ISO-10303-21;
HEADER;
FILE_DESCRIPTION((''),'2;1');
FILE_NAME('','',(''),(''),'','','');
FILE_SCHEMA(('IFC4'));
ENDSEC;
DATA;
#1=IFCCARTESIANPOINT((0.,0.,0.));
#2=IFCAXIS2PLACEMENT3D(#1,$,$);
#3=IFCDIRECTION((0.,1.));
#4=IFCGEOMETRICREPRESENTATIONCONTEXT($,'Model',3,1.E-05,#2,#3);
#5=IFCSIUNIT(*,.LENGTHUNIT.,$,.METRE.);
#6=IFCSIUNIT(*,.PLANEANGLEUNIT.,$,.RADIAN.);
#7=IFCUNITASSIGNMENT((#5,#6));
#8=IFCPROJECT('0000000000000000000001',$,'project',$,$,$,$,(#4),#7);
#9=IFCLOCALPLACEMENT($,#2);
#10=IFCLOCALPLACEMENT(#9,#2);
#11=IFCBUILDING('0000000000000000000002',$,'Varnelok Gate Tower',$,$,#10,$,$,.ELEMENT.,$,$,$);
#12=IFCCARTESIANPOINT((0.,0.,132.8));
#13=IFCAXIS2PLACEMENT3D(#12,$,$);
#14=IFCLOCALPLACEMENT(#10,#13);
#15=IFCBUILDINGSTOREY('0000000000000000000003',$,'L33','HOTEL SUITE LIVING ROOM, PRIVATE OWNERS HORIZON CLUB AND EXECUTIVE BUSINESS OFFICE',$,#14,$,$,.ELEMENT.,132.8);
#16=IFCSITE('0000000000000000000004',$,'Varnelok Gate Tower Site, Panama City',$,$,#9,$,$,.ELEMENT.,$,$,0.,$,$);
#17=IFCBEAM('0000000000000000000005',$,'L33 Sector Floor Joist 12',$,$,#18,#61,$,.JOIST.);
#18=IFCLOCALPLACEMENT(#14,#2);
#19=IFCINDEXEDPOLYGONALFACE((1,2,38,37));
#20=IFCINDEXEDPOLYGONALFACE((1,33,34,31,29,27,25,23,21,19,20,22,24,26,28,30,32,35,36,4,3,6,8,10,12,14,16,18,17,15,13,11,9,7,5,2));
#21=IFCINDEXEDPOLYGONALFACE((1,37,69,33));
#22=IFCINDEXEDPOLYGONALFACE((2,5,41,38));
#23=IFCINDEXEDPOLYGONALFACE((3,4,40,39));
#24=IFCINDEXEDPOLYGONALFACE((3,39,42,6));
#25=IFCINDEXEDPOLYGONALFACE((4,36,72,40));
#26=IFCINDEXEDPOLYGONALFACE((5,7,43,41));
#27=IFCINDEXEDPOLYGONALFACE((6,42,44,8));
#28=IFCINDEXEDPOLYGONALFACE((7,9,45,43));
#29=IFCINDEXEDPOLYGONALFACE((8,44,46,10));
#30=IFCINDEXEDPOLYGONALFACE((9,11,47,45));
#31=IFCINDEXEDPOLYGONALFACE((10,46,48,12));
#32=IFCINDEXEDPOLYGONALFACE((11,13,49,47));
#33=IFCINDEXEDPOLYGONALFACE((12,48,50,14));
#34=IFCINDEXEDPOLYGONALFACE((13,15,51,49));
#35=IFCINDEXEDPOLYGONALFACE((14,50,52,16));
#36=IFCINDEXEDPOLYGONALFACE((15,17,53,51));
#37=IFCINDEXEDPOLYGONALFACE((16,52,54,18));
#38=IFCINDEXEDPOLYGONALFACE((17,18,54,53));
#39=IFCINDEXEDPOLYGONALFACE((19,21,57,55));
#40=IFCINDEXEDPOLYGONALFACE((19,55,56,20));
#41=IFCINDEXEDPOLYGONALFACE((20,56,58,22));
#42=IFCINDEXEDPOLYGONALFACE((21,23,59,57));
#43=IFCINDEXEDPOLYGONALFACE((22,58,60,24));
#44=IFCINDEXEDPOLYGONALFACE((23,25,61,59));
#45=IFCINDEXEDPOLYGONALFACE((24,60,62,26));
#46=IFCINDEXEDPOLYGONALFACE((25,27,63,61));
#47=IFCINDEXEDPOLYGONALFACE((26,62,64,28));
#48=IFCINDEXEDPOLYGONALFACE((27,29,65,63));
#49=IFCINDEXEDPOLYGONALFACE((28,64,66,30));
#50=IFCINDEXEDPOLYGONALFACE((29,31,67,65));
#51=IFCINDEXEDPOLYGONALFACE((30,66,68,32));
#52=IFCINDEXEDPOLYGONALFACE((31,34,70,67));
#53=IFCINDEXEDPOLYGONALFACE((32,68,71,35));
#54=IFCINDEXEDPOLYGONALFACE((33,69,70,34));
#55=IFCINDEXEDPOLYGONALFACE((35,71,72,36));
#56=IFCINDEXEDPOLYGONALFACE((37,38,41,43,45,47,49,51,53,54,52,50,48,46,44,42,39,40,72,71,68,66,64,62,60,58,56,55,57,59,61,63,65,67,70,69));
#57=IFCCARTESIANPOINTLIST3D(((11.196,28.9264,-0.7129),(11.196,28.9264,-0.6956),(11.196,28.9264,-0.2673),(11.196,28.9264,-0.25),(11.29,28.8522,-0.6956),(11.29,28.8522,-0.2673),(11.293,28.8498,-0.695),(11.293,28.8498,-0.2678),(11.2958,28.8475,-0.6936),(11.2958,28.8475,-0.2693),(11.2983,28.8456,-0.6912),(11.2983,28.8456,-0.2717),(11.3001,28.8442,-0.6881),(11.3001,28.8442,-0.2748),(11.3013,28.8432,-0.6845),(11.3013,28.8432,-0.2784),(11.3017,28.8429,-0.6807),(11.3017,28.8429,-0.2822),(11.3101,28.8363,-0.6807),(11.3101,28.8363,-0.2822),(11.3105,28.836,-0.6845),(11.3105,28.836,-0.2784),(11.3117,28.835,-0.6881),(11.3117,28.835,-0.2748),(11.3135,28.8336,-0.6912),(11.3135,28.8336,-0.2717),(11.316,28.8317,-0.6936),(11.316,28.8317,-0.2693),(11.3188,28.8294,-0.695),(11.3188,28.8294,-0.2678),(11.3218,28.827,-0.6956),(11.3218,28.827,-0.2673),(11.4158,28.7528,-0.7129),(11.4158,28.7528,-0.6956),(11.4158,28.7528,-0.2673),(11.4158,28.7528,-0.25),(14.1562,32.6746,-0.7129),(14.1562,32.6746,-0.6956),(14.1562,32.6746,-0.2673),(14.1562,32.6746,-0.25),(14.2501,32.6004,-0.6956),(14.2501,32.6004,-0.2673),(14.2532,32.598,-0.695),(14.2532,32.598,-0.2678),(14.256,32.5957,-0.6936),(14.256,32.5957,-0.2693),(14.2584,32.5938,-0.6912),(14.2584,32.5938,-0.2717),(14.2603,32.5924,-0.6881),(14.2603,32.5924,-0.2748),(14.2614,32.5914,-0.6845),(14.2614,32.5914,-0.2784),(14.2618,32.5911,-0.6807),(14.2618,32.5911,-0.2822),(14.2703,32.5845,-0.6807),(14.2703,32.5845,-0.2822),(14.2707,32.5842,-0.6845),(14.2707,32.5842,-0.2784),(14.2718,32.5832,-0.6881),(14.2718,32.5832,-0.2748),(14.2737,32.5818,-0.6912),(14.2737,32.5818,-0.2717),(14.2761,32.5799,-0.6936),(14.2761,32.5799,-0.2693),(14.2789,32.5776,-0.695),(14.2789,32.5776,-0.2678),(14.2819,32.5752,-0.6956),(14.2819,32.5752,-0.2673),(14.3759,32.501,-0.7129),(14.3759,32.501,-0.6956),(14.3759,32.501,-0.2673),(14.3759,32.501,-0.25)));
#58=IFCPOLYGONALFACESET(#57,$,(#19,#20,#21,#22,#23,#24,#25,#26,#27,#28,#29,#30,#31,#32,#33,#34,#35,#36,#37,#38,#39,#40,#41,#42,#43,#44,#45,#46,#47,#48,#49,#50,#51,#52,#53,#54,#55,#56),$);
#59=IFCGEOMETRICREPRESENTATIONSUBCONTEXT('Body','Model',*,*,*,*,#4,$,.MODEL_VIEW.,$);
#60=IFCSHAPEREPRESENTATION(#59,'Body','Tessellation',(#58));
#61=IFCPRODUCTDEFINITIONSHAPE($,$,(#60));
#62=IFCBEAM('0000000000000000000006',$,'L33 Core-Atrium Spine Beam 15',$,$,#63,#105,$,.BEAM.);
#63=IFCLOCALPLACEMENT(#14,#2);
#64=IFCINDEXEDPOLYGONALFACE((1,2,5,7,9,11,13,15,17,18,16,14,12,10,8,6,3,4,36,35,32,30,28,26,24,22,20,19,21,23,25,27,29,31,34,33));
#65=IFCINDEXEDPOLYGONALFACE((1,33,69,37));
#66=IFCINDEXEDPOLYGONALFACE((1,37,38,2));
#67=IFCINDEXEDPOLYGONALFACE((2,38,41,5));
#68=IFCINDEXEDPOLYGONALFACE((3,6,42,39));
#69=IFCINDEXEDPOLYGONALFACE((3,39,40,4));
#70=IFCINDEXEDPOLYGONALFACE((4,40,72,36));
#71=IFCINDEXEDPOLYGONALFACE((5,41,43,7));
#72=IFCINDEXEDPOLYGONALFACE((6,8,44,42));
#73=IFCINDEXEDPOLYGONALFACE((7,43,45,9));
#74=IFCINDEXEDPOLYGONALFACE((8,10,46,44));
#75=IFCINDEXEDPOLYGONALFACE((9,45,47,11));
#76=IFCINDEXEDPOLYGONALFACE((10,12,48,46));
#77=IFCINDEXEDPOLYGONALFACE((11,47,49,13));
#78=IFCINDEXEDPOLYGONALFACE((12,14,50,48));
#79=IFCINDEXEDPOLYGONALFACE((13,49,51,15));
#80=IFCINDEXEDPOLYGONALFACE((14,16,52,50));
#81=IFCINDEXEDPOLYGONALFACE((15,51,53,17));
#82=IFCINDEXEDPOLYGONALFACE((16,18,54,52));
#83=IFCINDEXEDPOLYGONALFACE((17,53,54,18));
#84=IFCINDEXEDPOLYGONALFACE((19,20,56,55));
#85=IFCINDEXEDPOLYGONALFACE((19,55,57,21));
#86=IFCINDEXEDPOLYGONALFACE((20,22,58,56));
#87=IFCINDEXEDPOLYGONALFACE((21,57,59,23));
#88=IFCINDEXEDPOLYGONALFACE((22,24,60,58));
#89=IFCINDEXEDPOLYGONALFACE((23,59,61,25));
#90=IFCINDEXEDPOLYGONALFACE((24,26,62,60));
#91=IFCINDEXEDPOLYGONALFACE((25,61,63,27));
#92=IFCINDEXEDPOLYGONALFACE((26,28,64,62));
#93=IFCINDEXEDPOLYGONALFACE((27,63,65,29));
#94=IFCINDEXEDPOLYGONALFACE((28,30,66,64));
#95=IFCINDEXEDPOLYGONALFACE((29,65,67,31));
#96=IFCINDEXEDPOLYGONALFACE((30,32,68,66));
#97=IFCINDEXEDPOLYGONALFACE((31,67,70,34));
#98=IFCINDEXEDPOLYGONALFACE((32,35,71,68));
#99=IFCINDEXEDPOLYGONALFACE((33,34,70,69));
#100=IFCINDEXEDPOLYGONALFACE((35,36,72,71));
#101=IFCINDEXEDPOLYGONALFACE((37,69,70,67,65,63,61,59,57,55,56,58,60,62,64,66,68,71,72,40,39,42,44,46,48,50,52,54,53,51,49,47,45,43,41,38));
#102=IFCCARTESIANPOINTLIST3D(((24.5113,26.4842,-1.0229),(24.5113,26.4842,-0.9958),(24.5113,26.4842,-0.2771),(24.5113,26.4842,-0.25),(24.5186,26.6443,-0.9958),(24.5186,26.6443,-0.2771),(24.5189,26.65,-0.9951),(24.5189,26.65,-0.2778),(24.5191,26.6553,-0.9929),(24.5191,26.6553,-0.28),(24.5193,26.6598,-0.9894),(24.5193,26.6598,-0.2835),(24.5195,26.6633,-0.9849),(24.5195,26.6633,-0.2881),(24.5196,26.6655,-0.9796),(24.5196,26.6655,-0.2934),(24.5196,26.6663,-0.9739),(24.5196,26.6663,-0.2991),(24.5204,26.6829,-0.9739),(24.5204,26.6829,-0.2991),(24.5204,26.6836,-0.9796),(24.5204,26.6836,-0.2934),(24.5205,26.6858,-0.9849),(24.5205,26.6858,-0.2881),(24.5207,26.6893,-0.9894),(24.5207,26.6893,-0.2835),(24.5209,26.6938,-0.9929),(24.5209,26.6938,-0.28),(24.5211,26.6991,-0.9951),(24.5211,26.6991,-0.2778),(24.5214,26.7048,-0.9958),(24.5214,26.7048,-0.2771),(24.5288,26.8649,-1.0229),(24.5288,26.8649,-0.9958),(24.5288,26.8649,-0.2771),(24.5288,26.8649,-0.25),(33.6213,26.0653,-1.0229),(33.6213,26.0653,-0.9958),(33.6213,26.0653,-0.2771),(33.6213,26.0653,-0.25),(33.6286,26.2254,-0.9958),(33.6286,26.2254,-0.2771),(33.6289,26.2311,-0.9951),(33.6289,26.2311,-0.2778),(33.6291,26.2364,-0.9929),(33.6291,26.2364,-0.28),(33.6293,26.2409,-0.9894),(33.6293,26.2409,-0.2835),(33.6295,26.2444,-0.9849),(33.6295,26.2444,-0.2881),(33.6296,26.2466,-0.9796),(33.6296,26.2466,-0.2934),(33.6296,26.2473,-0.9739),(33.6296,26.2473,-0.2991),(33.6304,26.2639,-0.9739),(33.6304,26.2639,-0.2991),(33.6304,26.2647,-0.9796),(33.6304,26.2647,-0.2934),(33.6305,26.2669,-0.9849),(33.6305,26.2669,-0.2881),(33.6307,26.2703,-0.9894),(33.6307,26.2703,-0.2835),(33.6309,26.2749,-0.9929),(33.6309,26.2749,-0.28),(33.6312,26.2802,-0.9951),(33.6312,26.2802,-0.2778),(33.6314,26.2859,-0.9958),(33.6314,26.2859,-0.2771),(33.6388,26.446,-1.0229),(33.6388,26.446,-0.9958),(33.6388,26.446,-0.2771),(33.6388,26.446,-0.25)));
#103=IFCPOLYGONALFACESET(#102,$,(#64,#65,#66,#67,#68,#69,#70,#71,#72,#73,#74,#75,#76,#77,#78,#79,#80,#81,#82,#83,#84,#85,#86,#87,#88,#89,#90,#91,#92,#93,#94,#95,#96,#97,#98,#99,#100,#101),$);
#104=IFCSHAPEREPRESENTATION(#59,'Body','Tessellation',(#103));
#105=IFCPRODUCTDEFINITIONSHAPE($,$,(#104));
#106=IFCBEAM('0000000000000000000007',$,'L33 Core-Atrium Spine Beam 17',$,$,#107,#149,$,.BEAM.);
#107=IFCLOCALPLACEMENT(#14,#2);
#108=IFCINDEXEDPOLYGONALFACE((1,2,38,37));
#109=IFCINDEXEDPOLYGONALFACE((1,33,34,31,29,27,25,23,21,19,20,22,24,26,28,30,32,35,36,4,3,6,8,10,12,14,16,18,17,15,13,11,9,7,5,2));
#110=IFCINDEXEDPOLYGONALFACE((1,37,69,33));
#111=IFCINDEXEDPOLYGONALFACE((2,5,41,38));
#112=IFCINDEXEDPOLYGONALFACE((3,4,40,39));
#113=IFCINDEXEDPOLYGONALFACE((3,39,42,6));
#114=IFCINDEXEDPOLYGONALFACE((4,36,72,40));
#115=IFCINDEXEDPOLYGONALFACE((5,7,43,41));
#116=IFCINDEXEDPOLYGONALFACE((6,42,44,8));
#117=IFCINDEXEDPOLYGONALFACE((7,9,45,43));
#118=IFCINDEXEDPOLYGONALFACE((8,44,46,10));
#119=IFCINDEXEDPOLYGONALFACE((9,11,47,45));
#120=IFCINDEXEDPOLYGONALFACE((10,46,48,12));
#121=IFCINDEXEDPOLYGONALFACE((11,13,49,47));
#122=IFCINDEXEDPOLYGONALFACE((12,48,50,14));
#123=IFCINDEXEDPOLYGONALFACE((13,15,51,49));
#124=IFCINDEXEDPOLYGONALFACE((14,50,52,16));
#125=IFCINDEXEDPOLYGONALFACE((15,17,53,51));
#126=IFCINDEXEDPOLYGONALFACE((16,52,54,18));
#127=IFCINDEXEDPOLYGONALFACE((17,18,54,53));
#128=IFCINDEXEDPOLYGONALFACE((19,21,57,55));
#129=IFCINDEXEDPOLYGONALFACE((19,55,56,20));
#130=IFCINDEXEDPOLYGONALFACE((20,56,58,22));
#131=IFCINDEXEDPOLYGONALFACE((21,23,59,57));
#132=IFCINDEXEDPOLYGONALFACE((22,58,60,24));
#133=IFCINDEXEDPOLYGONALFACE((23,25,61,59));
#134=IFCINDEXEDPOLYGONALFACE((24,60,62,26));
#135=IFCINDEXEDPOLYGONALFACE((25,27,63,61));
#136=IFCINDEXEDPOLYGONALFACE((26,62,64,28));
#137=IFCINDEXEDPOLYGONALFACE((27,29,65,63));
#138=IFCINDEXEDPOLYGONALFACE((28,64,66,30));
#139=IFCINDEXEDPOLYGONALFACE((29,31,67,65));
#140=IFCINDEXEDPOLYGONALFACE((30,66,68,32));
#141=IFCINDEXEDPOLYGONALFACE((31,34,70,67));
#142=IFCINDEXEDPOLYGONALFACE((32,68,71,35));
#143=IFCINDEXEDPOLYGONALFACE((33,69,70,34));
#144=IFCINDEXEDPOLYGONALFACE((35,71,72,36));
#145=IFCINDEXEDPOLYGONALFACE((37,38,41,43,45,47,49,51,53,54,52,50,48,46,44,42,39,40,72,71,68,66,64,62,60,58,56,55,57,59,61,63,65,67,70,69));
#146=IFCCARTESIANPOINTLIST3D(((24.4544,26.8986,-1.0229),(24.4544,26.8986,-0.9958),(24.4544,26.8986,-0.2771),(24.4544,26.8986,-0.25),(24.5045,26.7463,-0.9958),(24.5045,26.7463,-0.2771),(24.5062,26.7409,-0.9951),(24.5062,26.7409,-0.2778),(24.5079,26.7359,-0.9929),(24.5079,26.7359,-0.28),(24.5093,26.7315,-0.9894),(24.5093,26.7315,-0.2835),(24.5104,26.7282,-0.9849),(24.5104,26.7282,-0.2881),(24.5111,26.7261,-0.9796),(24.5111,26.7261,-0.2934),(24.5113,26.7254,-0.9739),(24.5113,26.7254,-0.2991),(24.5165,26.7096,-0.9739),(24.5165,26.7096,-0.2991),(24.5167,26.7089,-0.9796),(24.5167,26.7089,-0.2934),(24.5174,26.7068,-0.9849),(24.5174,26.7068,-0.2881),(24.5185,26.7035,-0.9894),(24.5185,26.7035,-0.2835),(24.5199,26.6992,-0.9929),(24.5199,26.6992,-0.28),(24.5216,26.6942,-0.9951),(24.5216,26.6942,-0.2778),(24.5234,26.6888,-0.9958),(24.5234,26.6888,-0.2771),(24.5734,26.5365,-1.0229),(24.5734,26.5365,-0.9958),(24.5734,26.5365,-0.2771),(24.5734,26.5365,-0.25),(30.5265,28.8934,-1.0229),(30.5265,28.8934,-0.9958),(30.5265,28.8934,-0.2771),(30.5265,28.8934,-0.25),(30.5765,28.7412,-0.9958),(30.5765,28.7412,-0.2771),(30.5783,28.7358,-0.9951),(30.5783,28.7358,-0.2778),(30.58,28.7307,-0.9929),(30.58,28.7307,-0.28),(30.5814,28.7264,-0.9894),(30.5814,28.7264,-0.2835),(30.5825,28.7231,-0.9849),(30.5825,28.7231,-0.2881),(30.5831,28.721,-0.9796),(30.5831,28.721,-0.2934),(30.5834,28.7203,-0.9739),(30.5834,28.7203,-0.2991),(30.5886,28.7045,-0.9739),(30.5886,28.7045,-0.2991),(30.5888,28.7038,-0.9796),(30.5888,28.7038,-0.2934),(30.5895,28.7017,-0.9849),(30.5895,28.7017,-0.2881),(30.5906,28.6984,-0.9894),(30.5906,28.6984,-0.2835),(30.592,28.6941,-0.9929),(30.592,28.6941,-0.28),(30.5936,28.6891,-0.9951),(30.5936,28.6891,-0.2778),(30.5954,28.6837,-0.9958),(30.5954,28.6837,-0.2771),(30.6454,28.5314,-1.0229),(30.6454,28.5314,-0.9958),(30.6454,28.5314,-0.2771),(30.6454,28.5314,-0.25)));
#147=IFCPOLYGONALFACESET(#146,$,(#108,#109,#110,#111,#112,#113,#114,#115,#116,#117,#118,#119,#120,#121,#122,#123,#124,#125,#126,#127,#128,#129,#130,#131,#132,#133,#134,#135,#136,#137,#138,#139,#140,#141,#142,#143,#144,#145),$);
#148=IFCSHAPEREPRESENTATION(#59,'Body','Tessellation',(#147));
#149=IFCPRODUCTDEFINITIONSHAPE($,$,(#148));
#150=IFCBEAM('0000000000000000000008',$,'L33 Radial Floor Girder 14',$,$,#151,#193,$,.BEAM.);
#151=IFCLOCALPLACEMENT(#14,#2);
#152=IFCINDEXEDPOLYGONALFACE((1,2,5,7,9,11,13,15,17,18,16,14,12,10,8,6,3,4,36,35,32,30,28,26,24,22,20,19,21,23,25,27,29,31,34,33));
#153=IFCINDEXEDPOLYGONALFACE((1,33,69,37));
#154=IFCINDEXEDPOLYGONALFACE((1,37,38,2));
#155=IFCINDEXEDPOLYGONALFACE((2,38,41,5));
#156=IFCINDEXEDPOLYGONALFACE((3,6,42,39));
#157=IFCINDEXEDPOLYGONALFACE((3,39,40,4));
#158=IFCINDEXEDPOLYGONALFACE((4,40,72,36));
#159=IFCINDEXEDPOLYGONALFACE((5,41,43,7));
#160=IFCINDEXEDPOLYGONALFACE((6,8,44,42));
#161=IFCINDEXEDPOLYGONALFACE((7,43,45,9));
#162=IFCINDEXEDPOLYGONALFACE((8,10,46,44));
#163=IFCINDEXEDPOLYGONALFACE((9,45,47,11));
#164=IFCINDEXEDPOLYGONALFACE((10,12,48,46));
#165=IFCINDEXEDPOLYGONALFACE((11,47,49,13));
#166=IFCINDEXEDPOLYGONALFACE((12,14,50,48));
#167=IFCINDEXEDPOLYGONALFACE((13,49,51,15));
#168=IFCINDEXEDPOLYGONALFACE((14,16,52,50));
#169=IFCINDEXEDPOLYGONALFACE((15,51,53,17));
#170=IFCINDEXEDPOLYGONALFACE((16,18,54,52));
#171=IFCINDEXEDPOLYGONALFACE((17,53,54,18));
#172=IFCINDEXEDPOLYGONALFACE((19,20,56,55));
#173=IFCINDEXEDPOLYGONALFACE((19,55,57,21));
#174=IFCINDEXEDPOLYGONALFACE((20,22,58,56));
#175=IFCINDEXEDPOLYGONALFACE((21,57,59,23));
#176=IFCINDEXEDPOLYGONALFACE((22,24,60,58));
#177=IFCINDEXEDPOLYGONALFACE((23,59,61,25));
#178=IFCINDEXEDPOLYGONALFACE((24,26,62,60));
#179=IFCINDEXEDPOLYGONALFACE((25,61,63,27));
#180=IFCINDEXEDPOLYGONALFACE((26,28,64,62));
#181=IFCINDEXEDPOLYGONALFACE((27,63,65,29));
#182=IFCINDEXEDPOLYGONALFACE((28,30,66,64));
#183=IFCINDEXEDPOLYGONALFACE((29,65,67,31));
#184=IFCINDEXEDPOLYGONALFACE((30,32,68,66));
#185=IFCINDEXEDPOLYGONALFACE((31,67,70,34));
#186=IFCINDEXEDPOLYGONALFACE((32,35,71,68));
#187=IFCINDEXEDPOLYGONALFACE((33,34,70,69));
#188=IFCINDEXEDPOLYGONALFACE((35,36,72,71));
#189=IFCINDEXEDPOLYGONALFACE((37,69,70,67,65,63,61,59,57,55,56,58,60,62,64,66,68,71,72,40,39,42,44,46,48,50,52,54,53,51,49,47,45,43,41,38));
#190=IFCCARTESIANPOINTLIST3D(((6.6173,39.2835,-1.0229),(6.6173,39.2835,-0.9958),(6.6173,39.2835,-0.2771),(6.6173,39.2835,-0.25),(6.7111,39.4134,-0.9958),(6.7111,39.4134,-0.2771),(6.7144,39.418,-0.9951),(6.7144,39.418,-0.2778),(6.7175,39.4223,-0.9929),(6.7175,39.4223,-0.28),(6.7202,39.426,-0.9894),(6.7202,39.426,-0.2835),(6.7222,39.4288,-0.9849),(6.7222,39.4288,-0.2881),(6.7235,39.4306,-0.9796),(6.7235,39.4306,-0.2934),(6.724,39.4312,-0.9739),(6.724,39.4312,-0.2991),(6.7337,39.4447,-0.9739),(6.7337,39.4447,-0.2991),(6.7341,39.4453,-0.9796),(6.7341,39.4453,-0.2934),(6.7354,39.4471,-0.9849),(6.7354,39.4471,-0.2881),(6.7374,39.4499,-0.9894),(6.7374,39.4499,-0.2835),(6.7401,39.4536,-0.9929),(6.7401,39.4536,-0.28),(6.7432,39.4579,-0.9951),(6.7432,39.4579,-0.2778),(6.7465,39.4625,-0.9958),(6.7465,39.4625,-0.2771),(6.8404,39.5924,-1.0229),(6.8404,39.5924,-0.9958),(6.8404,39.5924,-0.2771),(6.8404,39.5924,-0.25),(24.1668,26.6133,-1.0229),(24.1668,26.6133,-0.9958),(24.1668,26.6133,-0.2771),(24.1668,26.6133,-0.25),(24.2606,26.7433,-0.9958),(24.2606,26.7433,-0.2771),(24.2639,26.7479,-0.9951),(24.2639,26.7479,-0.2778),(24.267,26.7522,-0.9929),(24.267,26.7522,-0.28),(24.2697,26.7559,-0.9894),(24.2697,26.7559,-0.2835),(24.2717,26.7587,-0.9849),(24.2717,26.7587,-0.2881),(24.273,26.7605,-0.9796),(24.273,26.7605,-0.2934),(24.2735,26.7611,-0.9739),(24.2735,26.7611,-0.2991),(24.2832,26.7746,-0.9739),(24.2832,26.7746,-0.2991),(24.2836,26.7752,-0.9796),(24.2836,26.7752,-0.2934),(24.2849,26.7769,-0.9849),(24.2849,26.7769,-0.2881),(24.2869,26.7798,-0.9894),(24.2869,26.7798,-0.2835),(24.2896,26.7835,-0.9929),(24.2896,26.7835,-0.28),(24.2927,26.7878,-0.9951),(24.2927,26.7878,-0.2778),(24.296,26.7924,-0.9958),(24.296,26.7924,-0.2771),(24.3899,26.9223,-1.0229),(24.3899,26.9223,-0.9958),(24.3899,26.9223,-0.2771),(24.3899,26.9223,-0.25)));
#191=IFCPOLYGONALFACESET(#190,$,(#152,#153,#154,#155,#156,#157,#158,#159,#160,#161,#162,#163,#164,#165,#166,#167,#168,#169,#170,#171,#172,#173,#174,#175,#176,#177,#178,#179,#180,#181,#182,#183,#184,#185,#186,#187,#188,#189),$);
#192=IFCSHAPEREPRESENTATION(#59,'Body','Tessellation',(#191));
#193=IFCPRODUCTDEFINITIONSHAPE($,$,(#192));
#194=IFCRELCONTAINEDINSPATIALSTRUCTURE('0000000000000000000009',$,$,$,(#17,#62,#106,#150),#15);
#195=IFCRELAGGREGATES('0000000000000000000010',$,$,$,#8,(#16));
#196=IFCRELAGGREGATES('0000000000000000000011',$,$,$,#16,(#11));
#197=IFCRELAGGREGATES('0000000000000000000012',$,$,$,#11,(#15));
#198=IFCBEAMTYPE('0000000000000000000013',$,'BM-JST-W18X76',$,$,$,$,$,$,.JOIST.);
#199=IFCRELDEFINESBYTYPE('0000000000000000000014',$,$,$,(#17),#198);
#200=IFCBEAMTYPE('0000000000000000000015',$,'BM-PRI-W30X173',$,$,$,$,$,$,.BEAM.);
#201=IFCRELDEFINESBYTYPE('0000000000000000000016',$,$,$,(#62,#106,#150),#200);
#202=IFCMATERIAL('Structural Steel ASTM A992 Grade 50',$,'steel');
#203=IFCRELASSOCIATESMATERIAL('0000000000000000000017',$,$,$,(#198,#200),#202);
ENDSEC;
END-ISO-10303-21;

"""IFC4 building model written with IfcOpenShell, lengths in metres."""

from ifc_helpers import new_model, si_unit, direction, frame, origin, origin_2d, place, context, subcontext, project, spatial, i_section, extrude, material, material_profile, profile_set, type_object, element, save


model = new_model("IFC4")

# Units and contexts
model_context = context("Model", 3, precision=1e-05, world=origin(), true_north=direction((0.0, 1.0)))
body_context = subcontext(model_context, "Body", "Model", "MODEL_VIEW")
ifc_project = project(units=[si_unit("LENGTHUNIT", "METRE"), si_unit("PLANEANGLEUNIT", "RADIAN")], contexts=[model_context])

# Site, building, storey
site_placement = place(None, origin())
site = spatial("IfcSite", under=ifc_project, at=site_placement, Name="Varnelok Gate Tower Site, Panama City", CompositionType="ELEMENT", RefElevation=0.0)
building_placement = place(site_placement, origin())
building = spatial("IfcBuilding", under=site, at=building_placement, Name="Varnelok Gate Tower", CompositionType="ELEMENT")
storey_placement = place(building_placement, frame((0.0, 0.0, 132.8)))
storey = spatial("IfcBuildingStorey", under=building, at=storey_placement, Name="L33", Description="HOTEL SUITE LIVING ROOM, PRIVATE OWNERS HORIZON CLUB AND EXECUTIVE BUSINESS OFFICE", CompositionType="ELEMENT", Elevation=132.8)

# Shared definitions
ifc_material_1 = material(Name="Structural Steel ASTM A992 Grade 50", Category="steel")

# Beams
ifc_material_profile_1 = material_profile(ifc_material_1, i_section(OverallWidth=0.28, OverallDepth=0.4629, WebThickness=0.0107, FlangeThickness=0.0173, FilletRadius=0.0149, at=origin_2d()), Name="W18X76")
ifc_profile_set_1 = profile_set([ifc_material_profile_1], Name="Structural Steel ASTM A992 Grade 50")
beam_type_1 = type_object("IfcBeamType", Name="BM-JST-W18X76", PredefinedType="JOIST", material=ifc_profile_set_1)
beam_1_placement = place(storey_placement, frame((11.3059, 28.8396, -0.4814), z_axis=(0.619777, 0.784778, 0.0), x_axis=(-0.784778, 0.619777, 0.0)))
element("IfcBeam", 1, at=beam_1_placement, inside=storey, type_object=beam_type_1, Name="L33 Sector Floor Joist 12", PredefinedType="JOIST", context=body_context, shape_type="SweptSolid", body=[
    extrude(i_section(OverallWidth=0.28, OverallDepth=0.4629, WebThickness=0.0107, FlangeThickness=0.0173, FilletRadius=0.0149, at=origin_2d()), origin(), (0.0, 0.0, 1.0), 4.7761),
])
ifc_material_profile_2 = material_profile(ifc_material_1, i_section(OverallWidth=0.3811, OverallDepth=0.7729, WebThickness=0.0166, FlangeThickness=0.0271, FilletRadius=0.022, at=origin_2d()), Name="W30X173")
ifc_profile_set_2 = profile_set([ifc_material_profile_2], Name="Structural Steel ASTM A992 Grade 50")
beam_type_2 = type_object("IfcBeamType", Name="BM-PRI-W30X173", PredefinedType="BEAM", material=ifc_profile_set_2)
beam_2_placement = place(storey_placement, frame((24.52, 26.6746, -0.6365), z_axis=(0.998944, -0.045938, 0.0), x_axis=(0.045938, 0.998944, 0.0)))
element("IfcBeam", 2, at=beam_2_placement, inside=storey, type_object=beam_type_2, Name="L33 Core-Atrium Spine Beam 15", PredefinedType="BEAM", context=body_context, shape_type="SweptSolid", body=[
    extrude(i_section(OverallWidth=0.3811, OverallDepth=0.7729, WebThickness=0.0166, FlangeThickness=0.0271, FilletRadius=0.022, at=origin_2d()), origin(), (0.0, 0.0, 1.0), 9.1196),
])
beam_3_placement = place(storey_placement, frame((24.5139, 26.7175, -0.6365), z_axis=(0.950042, 0.312122, 0.0), x_axis=(-0.312122, 0.950042, 0.0)))
element("IfcBeam", 3, at=beam_3_placement, inside=storey, type_object=beam_type_2, Name="L33 Core-Atrium Spine Beam 17", PredefinedType="BEAM", context=body_context, shape_type="SweptSolid", body=[
    extrude(i_section(OverallWidth=0.3811, OverallDepth=0.7729, WebThickness=0.0166, FlangeThickness=0.0271, FilletRadius=0.022, at=origin_2d()), origin(), (0.0, 0.0, 1.0), 6.3914),
])
beam_4_placement = place(storey_placement, frame((24.2783, 26.7678, -0.6365), z_axis=(-0.810778, 0.585353, 0.0), x_axis=(-0.585353, -0.810778, 0.0)))
element("IfcBeam", 4, at=beam_4_placement, inside=storey, type_object=beam_type_2, Name="L33 Radial Floor Girder 14", PredefinedType="BEAM", context=body_context, shape_type="SweptSolid", body=[
    extrude(i_section(OverallWidth=0.3811, OverallDepth=0.7729, WebThickness=0.0166, FlangeThickness=0.0271, FilletRadius=0.022, at=origin_2d()), origin(), (0.0, 0.0, 1.0), 21.6453),
])

save(model, "model.ifc")
